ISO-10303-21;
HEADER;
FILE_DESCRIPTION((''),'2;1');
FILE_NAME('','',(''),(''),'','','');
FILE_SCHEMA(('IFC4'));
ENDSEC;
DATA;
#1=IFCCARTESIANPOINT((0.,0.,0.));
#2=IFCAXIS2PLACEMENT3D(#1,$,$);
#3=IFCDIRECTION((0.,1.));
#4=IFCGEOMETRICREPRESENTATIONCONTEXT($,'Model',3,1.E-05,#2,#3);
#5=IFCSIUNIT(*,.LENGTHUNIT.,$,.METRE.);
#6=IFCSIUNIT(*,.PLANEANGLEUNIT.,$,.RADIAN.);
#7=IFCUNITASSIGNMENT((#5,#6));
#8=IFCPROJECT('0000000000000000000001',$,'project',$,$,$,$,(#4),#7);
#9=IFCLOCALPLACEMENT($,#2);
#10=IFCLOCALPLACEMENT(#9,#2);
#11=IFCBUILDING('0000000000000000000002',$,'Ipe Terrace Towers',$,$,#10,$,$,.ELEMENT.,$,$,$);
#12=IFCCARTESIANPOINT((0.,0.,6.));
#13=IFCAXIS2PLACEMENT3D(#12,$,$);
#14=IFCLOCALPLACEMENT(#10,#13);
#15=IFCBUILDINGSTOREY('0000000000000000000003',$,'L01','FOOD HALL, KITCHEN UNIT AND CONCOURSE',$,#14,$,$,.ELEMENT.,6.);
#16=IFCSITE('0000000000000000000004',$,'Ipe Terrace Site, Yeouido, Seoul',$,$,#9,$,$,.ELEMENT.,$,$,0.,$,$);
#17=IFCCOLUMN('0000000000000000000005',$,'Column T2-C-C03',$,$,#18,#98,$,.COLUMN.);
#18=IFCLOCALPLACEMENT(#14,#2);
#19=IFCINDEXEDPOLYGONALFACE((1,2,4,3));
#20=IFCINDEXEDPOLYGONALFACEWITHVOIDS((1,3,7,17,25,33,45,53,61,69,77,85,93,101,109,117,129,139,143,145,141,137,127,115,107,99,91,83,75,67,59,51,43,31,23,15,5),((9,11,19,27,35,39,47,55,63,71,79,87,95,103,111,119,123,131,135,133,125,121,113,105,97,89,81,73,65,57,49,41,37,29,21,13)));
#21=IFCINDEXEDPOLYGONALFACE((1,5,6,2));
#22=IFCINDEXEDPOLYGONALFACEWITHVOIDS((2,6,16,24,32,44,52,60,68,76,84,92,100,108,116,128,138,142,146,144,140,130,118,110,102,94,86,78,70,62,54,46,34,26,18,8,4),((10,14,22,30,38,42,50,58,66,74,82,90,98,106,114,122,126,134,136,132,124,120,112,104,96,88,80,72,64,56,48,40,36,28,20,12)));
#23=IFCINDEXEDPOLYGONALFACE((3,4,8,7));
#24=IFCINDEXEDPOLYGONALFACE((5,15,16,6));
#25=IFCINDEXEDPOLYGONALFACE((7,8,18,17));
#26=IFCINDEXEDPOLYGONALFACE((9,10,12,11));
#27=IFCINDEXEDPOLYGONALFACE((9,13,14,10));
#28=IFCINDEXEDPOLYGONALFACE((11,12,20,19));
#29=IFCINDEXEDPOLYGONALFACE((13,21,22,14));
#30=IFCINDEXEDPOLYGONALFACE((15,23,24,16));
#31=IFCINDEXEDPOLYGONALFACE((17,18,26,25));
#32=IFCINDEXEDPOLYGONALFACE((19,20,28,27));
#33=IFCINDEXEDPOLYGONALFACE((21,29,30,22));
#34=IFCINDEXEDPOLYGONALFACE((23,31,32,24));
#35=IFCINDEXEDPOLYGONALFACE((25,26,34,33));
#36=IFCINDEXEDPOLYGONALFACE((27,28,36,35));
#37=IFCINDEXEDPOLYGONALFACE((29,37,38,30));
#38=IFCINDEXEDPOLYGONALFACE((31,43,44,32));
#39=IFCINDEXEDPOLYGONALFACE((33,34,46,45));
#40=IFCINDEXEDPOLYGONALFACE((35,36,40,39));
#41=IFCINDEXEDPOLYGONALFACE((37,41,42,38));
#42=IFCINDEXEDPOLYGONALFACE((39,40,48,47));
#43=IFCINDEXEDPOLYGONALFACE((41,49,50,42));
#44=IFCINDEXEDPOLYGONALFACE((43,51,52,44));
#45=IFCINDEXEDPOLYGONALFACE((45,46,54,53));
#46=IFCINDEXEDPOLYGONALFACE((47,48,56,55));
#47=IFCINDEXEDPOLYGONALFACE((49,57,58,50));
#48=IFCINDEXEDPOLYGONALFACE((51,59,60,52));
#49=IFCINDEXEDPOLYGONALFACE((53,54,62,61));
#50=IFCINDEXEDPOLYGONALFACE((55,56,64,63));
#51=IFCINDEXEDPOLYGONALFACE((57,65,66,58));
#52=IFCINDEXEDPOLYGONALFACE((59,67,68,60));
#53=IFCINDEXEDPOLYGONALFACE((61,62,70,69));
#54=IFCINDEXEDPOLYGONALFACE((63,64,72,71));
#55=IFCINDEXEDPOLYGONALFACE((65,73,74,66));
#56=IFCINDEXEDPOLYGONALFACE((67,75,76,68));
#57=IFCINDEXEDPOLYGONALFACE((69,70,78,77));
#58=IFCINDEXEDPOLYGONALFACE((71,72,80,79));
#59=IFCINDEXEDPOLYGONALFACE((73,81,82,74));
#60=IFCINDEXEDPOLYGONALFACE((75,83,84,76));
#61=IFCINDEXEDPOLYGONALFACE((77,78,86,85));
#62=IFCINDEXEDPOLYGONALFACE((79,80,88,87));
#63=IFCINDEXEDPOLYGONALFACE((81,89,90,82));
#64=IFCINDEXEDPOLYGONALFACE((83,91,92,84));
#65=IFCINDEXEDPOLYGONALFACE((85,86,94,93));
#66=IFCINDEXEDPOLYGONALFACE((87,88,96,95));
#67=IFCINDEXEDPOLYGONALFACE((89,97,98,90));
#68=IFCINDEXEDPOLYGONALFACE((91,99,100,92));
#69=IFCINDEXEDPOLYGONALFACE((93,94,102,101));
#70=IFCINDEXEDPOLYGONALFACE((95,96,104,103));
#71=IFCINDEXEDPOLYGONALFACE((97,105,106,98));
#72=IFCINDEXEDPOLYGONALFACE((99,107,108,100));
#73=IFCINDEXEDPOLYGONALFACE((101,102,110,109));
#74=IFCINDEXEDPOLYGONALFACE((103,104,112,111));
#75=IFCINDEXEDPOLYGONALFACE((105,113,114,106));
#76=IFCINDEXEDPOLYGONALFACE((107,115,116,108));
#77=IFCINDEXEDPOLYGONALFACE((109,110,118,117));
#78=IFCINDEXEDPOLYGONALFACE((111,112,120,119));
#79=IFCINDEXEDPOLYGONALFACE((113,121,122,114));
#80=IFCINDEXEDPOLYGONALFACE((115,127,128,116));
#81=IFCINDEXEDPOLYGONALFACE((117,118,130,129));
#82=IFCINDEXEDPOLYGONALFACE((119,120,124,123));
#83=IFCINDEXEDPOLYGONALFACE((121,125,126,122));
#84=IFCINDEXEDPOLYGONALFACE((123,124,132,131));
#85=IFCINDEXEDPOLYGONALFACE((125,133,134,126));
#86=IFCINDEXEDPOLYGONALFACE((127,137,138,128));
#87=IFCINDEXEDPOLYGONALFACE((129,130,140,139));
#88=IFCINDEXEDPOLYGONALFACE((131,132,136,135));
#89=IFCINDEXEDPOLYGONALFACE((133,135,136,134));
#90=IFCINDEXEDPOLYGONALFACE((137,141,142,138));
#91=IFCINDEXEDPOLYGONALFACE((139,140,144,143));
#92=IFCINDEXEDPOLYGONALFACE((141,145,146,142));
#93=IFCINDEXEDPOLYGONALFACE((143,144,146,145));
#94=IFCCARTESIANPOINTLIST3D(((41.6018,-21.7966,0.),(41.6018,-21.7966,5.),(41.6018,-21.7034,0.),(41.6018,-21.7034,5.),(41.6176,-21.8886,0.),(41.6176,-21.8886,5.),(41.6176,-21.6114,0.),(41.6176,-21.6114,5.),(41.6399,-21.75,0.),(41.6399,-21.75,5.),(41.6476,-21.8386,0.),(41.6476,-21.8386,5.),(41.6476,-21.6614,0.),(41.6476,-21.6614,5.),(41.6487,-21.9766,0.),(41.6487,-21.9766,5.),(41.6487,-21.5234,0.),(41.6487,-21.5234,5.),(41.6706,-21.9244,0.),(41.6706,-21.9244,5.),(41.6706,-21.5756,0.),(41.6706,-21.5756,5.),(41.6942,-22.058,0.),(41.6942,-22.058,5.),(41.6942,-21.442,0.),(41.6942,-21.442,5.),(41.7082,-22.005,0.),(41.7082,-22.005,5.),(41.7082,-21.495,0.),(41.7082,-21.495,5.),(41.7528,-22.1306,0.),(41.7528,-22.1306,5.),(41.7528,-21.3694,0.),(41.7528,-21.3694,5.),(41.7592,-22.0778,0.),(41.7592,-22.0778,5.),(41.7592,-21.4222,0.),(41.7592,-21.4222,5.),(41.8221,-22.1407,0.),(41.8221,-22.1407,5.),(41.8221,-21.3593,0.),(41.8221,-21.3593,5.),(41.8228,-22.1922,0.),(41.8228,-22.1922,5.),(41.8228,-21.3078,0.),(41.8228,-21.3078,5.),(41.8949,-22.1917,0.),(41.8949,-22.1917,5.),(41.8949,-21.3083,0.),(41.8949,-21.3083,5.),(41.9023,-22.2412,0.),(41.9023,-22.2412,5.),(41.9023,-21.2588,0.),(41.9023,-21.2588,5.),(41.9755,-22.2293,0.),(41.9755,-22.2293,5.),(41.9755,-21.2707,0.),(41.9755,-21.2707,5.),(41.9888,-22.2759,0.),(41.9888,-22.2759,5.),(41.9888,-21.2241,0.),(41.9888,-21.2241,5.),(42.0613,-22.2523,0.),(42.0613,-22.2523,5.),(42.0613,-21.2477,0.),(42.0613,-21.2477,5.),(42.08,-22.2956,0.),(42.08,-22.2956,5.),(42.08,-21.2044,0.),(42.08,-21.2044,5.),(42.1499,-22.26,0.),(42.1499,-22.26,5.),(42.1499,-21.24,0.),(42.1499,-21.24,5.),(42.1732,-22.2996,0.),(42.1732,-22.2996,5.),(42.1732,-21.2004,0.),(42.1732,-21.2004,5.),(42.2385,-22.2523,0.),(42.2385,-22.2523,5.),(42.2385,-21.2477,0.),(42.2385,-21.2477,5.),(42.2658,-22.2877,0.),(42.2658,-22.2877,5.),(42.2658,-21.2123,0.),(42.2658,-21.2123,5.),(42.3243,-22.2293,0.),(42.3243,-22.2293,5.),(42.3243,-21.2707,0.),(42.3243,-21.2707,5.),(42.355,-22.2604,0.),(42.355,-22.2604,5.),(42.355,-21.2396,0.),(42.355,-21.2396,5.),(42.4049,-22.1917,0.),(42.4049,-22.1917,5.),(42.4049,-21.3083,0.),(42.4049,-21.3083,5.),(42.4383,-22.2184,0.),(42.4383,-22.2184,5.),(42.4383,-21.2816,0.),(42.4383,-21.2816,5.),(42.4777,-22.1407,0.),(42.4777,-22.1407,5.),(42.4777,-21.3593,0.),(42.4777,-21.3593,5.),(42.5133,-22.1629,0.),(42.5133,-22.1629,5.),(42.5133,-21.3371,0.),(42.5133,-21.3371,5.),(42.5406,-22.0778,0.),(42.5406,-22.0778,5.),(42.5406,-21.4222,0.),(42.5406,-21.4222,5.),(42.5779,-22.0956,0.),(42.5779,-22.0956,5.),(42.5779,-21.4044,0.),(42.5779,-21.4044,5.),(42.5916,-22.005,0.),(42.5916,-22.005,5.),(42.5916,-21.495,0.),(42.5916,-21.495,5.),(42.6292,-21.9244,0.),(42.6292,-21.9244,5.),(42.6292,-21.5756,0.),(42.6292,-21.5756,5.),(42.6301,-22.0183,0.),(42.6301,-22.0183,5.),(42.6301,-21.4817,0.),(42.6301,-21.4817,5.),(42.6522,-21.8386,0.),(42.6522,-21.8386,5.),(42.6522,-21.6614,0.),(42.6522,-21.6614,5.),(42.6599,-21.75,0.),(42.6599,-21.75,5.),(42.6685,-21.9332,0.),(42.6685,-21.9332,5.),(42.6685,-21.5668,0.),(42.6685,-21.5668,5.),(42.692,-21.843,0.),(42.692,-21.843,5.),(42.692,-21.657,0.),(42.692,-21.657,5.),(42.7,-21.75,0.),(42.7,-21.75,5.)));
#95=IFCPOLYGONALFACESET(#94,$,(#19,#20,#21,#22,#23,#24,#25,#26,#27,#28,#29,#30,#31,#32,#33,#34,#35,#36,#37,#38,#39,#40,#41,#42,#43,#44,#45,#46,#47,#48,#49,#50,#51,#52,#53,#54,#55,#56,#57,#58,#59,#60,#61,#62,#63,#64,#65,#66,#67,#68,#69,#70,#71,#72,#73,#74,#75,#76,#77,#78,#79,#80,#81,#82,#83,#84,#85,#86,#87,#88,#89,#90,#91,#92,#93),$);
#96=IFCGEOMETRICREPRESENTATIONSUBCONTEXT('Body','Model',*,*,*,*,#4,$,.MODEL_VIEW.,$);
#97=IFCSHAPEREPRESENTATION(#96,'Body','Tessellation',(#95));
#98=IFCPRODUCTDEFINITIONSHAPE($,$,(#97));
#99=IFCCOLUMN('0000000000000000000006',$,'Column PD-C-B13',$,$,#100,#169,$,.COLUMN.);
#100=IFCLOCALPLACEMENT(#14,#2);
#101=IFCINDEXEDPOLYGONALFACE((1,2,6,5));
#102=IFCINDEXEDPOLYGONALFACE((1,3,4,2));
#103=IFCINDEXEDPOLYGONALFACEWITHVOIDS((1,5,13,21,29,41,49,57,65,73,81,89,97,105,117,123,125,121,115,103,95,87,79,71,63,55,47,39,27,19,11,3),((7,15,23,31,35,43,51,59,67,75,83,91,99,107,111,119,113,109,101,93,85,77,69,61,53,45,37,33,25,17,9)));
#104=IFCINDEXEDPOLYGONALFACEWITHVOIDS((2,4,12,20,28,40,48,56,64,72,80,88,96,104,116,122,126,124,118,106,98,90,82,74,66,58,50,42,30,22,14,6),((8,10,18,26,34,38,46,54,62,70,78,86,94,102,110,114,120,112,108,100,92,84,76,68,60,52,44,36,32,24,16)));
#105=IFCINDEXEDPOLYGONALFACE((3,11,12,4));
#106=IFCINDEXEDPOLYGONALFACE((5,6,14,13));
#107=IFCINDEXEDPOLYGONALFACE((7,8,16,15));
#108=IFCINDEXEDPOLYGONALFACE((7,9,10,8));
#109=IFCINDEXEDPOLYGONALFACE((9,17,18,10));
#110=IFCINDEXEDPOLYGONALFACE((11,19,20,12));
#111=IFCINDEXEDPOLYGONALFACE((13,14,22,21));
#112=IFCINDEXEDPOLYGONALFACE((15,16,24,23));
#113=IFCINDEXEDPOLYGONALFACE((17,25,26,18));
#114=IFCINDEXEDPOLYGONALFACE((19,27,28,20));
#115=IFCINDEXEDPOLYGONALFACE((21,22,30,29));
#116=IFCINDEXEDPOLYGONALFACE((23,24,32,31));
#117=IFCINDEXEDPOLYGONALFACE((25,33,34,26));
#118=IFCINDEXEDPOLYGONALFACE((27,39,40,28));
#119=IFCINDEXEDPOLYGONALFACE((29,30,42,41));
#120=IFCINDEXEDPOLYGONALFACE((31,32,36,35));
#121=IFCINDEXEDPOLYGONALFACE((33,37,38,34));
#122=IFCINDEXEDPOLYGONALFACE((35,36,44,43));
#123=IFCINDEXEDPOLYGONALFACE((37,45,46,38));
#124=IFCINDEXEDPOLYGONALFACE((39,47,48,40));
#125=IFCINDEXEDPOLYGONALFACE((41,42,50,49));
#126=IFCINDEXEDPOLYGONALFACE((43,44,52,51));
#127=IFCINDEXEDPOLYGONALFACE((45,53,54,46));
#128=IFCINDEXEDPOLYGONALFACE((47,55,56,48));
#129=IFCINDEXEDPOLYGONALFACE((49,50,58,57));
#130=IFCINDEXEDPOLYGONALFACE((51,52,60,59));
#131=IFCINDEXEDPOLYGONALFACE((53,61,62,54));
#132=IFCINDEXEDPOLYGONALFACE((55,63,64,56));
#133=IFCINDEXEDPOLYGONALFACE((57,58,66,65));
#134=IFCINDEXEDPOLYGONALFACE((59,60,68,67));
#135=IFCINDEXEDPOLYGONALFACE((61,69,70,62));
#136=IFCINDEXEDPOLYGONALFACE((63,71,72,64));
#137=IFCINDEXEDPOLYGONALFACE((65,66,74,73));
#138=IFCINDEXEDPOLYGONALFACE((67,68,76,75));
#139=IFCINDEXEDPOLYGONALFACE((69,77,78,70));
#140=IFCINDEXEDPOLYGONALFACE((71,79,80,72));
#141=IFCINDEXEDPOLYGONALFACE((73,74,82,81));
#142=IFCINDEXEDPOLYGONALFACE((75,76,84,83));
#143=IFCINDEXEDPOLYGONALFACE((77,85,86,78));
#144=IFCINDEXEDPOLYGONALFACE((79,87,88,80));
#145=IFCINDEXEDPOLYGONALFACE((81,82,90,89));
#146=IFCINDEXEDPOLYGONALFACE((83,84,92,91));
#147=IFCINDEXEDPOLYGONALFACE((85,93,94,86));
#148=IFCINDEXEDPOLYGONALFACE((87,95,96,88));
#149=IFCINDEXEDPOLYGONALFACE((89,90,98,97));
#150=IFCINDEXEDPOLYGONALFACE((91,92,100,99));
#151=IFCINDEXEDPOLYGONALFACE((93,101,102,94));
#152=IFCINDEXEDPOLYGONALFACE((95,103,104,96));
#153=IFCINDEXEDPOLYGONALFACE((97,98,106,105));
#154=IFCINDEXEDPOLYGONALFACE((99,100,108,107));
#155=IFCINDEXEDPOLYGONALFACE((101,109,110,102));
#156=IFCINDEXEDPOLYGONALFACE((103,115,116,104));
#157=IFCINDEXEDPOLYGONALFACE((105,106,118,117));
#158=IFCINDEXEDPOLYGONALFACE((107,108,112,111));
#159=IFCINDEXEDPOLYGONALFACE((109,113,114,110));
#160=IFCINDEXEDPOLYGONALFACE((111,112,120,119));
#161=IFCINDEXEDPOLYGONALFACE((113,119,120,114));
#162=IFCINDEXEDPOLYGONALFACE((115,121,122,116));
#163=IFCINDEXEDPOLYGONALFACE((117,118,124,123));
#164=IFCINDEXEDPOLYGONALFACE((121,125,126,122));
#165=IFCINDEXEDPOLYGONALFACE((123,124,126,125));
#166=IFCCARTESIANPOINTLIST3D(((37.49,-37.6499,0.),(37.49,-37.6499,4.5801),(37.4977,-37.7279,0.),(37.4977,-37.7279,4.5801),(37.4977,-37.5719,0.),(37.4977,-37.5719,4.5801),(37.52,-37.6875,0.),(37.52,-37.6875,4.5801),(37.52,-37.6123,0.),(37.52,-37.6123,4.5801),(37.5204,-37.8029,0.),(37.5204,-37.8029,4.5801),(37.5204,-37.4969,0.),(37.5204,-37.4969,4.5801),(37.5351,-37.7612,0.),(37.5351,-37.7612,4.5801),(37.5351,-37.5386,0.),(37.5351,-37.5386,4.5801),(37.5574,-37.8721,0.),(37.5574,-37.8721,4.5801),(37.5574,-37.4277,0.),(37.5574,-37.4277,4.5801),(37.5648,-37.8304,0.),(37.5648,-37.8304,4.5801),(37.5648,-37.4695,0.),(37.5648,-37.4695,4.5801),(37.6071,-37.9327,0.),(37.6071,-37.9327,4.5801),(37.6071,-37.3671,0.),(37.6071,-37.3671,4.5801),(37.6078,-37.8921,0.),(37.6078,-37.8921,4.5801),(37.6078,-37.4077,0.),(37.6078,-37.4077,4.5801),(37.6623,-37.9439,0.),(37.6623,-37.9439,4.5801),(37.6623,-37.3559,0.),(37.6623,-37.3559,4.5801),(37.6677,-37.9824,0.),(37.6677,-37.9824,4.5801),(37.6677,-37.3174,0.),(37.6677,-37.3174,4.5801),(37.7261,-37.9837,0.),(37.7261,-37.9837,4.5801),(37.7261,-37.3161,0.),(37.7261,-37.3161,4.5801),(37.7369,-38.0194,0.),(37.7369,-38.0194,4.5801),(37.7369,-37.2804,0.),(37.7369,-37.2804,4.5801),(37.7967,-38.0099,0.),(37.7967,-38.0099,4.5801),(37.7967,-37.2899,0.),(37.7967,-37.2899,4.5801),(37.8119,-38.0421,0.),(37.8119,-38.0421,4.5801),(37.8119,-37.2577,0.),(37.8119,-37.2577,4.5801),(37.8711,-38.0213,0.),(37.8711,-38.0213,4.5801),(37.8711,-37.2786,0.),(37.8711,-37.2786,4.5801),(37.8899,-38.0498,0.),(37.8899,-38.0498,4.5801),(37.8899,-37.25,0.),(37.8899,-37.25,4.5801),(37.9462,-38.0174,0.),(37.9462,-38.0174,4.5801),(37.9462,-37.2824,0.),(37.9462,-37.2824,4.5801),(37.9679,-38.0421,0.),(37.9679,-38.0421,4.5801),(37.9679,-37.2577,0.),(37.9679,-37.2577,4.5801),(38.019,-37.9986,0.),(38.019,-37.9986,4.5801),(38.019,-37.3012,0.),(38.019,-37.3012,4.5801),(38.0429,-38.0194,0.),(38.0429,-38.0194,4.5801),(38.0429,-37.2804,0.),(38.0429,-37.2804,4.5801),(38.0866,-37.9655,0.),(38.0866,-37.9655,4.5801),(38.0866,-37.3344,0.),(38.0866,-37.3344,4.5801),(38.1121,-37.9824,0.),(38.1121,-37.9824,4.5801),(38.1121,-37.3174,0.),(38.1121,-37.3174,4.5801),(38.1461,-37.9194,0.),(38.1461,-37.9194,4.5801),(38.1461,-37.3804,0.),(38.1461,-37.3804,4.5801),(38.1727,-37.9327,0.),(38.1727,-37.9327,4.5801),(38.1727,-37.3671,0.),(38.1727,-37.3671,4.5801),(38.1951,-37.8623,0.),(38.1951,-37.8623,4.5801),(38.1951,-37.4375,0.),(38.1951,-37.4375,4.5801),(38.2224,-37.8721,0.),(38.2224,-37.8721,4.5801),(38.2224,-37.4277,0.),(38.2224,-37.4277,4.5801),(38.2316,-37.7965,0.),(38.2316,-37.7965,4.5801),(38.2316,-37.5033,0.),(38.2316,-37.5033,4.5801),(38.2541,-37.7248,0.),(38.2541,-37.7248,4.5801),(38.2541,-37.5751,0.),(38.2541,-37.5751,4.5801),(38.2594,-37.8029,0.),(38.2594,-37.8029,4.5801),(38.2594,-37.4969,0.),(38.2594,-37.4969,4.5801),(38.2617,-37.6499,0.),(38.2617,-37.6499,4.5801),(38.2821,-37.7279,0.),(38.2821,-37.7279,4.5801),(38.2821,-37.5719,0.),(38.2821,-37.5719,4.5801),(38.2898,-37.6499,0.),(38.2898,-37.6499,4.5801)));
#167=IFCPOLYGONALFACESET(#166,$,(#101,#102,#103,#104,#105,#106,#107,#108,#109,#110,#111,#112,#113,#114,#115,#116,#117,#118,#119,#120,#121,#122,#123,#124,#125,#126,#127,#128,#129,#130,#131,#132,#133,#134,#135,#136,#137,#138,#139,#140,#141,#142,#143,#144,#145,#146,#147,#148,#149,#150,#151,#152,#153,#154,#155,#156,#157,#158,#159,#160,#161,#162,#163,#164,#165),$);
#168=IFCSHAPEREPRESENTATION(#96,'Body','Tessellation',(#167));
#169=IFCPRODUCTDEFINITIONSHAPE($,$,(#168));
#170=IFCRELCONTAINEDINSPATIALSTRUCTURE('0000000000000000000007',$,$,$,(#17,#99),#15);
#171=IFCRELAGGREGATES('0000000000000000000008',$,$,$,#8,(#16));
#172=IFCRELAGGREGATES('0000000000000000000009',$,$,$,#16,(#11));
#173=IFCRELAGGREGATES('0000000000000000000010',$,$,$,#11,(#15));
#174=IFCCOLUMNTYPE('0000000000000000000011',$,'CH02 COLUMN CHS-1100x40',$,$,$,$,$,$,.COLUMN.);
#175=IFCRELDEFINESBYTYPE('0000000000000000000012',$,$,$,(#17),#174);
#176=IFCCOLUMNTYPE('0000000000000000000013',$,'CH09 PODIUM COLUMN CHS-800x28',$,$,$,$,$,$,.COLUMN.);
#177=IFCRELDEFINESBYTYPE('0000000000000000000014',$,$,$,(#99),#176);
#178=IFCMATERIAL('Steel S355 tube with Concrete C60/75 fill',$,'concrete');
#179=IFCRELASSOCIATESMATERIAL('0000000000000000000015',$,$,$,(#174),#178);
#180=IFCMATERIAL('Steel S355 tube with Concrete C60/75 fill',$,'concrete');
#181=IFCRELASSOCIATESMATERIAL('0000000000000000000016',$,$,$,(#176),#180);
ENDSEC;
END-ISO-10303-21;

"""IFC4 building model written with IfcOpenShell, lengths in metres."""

from ifc_helpers import new_model, si_unit, direction, frame, origin, origin_2d, place, context, subcontext, project, spatial, hollow_circle, extrude, material, material_profile, profile_set, type_object, element, save


model = new_model("IFC4")

# Units and contexts
model_context = context("Model", 3, precision=1e-05, world=origin(), true_north=direction((0.0, 1.0)))
body_context = subcontext(model_context, "Body", "Model", "MODEL_VIEW")
ifc_project = project(units=[si_unit("LENGTHUNIT", "METRE"), si_unit("PLANEANGLEUNIT", "RADIAN")], contexts=[model_context])

# Site, building, storey
site_placement = place(None, origin())
site = spatial("IfcSite", under=ifc_project, at=site_placement, Name="Ipe Terrace Site, Yeouido, Seoul", CompositionType="ELEMENT", RefElevation=0.0)
building_placement = place(site_placement, origin())
building = spatial("IfcBuilding", under=site, at=building_placement, Name="Ipe Terrace Towers", CompositionType="ELEMENT")
storey_placement = place(building_placement, frame((0.0, 0.0, 6.0)))
storey = spatial("IfcBuildingStorey", under=building, at=storey_placement, Name="L01", Description="FOOD HALL, KITCHEN UNIT AND CONCOURSE", CompositionType="ELEMENT", Elevation=6.0)

# Columns
ifc_material_1 = material(Name="Steel S355 tube with Concrete C60/75 fill", Category="concrete")
ifc_material_profile_1 = material_profile(ifc_material_1, hollow_circle(Radius=0.55, WallThickness=0.04, at=origin_2d()), Name="CHS-1100x40")
ifc_profile_set_1 = profile_set([ifc_material_profile_1], Name="Steel S355 tube with Concrete C60/75 fill")
column_type_1 = type_object("IfcColumnType", Name="CH02 COLUMN CHS-1100x40", PredefinedType="COLUMN", material=ifc_profile_set_1)
column_placement = place(storey_placement, frame((42.1499, -21.75, 0.0), z_axis=(0.0, 0.0, 1.0), x_axis=(1.0, 0.0, 0.0)))
element("IfcColumn", 1, at=column_placement, inside=storey, type_object=column_type_1, Name="Column T2-C-C03", PredefinedType="COLUMN", context=body_context, shape_type="SweptSolid", body=[
    extrude(hollow_circle(Radius=0.55, WallThickness=0.04, at=origin_2d()), origin(), (0.0, 0.0, 1.0), 5.0),
])
ifc_material_2 = material(Name="Steel S355 tube with Concrete C60/75 fill", Category="concrete")
ifc_material_profile_2 = material_profile(ifc_material_2, hollow_circle(Radius=0.3999, WallThickness=0.0281, at=origin_2d()), Name="CHS-800x28")
ifc_profile_set_2 = profile_set([ifc_material_profile_2], Name="Steel S355 tube with Concrete C60/75 fill")
column_type_2 = type_object("IfcColumnType", Name="CH09 PODIUM COLUMN CHS-800x28", PredefinedType="COLUMN", material=ifc_profile_set_2)
for number, where, z_axis, x_axis, name in (
    (2, (37.8899, -37.6499, 0.0), (0.0, 0.0, 1.0), (1.0, 0.0, 0.0), "Column PD-C-B13"),
):
    element("IfcColumn", number, at=place(storey_placement, frame(where, z_axis=z_axis, x_axis=x_axis)), inside=storey, type_object=column_type_2, Name=name, PredefinedType="COLUMN", context=body_context, shape_type="SweptSolid", body=[
        extrude(hollow_circle(Radius=0.3999, WallThickness=0.0281, at=origin_2d()), origin(), (0.0, 0.0, 1.0), 4.5801),
    ])

save(model, "model.ifc")
